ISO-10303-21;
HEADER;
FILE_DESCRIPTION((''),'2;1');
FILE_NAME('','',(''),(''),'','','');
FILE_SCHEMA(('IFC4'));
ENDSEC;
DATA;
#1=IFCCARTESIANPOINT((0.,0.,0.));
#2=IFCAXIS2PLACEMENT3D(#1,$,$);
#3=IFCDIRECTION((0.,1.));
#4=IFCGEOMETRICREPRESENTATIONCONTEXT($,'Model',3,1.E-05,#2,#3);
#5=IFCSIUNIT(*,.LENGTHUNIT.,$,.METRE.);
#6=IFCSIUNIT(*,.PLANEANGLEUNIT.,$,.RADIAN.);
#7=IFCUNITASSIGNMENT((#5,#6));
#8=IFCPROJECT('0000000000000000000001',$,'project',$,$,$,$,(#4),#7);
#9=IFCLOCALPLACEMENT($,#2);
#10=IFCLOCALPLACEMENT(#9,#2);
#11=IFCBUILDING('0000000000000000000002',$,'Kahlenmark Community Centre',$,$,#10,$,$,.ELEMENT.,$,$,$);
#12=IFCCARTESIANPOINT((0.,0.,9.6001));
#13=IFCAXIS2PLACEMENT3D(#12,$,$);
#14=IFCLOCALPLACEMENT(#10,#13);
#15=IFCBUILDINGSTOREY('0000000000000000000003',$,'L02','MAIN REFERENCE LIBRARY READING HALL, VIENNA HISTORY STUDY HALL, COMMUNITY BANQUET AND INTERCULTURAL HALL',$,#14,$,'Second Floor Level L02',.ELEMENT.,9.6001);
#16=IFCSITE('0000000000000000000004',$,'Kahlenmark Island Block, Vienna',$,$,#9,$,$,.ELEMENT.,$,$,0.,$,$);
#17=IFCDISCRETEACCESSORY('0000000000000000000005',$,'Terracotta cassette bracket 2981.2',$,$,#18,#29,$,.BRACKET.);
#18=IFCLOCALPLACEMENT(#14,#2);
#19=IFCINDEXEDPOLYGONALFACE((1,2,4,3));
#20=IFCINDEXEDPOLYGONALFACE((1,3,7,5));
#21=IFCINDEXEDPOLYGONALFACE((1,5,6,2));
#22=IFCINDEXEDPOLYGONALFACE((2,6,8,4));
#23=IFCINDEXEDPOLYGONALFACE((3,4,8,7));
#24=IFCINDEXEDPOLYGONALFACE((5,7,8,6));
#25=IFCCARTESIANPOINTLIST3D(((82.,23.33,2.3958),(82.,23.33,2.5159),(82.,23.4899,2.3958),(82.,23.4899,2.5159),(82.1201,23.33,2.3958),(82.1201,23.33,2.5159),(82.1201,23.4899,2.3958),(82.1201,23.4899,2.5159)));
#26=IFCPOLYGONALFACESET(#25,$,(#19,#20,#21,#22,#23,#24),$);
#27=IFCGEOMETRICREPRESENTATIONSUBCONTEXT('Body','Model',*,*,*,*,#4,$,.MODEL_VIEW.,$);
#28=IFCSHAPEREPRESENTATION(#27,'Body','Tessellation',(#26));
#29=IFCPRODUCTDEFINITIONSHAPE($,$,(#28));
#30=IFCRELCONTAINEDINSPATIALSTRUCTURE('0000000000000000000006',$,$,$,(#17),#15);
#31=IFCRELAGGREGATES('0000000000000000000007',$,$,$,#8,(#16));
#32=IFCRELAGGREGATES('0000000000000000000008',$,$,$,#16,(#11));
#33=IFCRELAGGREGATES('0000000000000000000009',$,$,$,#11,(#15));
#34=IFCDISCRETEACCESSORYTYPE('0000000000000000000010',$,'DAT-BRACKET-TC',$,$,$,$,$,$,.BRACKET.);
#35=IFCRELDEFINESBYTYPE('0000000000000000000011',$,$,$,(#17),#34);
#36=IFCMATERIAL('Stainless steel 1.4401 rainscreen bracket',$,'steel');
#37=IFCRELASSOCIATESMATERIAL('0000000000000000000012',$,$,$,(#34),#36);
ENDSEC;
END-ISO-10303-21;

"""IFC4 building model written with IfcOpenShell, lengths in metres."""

from ifc_helpers import new_model, si_unit, direction, frame, origin, origin_2d, place, context, subcontext, project, spatial, rectangle, extrude, material, type_object, element, save


model = new_model("IFC4")

# Units and contexts
model_context = context("Model", 3, precision=1e-05, world=origin(), true_north=direction((0.0, 1.0)))
body_context = subcontext(model_context, "Body", "Model", "MODEL_VIEW")
ifc_project = project(units=[si_unit("LENGTHUNIT", "METRE"), si_unit("PLANEANGLEUNIT", "RADIAN")], contexts=[model_context])

# Site, building, storey
site_placement = place(None, origin())
site = spatial("IfcSite", under=ifc_project, at=site_placement, Name="Kahlenmark Island Block, Vienna", CompositionType="ELEMENT", RefElevation=0.0)
building_placement = place(site_placement, origin())
building = spatial("IfcBuilding", under=site, at=building_placement, Name="Kahlenmark Community Centre", CompositionType="ELEMENT")
storey_placement = place(building_placement, frame((0.0, 0.0, 9.6001)))
storey = spatial("IfcBuildingStorey", under=building, at=storey_placement, Name="L02", Description="MAIN REFERENCE LIBRARY READING HALL, VIENNA HISTORY STUDY HALL, COMMUNITY BANQUET AND INTERCULTURAL HALL", LongName="Second Floor Level L02", CompositionType="ELEMENT", Elevation=9.6001)

# Discrete accessory
ifc_material_1 = material(Name="Stainless steel 1.4401 rainscreen bracket", Category="steel")
discrete_accessory_type = type_object("IfcDiscreteAccessoryType", Name="DAT-BRACKET-TC", PredefinedType="BRACKET", material=ifc_material_1)
for number, where, z_axis, x_axis, name in (
    (1, (82.0601, 23.4099, 2.3958), (0.0, 0.0, 1.0), (-1.0, 0.0, 0.0), "Terracotta cassette bracket 2981.2"),
):
    element("IfcDiscreteAccessory", number, at=place(storey_placement, frame(where, z_axis=z_axis, x_axis=x_axis)), inside=storey, type_object=discrete_accessory_type, Name=name, PredefinedType="BRACKET", context=body_context, shape_type="SweptSolid", body=[
        extrude(rectangle(XDim=0.1201, YDim=0.1599, at=origin_2d()), origin(), (0.0, 0.0, 1.0), 0.1201),
    ])

save(model, "model.ifc")
